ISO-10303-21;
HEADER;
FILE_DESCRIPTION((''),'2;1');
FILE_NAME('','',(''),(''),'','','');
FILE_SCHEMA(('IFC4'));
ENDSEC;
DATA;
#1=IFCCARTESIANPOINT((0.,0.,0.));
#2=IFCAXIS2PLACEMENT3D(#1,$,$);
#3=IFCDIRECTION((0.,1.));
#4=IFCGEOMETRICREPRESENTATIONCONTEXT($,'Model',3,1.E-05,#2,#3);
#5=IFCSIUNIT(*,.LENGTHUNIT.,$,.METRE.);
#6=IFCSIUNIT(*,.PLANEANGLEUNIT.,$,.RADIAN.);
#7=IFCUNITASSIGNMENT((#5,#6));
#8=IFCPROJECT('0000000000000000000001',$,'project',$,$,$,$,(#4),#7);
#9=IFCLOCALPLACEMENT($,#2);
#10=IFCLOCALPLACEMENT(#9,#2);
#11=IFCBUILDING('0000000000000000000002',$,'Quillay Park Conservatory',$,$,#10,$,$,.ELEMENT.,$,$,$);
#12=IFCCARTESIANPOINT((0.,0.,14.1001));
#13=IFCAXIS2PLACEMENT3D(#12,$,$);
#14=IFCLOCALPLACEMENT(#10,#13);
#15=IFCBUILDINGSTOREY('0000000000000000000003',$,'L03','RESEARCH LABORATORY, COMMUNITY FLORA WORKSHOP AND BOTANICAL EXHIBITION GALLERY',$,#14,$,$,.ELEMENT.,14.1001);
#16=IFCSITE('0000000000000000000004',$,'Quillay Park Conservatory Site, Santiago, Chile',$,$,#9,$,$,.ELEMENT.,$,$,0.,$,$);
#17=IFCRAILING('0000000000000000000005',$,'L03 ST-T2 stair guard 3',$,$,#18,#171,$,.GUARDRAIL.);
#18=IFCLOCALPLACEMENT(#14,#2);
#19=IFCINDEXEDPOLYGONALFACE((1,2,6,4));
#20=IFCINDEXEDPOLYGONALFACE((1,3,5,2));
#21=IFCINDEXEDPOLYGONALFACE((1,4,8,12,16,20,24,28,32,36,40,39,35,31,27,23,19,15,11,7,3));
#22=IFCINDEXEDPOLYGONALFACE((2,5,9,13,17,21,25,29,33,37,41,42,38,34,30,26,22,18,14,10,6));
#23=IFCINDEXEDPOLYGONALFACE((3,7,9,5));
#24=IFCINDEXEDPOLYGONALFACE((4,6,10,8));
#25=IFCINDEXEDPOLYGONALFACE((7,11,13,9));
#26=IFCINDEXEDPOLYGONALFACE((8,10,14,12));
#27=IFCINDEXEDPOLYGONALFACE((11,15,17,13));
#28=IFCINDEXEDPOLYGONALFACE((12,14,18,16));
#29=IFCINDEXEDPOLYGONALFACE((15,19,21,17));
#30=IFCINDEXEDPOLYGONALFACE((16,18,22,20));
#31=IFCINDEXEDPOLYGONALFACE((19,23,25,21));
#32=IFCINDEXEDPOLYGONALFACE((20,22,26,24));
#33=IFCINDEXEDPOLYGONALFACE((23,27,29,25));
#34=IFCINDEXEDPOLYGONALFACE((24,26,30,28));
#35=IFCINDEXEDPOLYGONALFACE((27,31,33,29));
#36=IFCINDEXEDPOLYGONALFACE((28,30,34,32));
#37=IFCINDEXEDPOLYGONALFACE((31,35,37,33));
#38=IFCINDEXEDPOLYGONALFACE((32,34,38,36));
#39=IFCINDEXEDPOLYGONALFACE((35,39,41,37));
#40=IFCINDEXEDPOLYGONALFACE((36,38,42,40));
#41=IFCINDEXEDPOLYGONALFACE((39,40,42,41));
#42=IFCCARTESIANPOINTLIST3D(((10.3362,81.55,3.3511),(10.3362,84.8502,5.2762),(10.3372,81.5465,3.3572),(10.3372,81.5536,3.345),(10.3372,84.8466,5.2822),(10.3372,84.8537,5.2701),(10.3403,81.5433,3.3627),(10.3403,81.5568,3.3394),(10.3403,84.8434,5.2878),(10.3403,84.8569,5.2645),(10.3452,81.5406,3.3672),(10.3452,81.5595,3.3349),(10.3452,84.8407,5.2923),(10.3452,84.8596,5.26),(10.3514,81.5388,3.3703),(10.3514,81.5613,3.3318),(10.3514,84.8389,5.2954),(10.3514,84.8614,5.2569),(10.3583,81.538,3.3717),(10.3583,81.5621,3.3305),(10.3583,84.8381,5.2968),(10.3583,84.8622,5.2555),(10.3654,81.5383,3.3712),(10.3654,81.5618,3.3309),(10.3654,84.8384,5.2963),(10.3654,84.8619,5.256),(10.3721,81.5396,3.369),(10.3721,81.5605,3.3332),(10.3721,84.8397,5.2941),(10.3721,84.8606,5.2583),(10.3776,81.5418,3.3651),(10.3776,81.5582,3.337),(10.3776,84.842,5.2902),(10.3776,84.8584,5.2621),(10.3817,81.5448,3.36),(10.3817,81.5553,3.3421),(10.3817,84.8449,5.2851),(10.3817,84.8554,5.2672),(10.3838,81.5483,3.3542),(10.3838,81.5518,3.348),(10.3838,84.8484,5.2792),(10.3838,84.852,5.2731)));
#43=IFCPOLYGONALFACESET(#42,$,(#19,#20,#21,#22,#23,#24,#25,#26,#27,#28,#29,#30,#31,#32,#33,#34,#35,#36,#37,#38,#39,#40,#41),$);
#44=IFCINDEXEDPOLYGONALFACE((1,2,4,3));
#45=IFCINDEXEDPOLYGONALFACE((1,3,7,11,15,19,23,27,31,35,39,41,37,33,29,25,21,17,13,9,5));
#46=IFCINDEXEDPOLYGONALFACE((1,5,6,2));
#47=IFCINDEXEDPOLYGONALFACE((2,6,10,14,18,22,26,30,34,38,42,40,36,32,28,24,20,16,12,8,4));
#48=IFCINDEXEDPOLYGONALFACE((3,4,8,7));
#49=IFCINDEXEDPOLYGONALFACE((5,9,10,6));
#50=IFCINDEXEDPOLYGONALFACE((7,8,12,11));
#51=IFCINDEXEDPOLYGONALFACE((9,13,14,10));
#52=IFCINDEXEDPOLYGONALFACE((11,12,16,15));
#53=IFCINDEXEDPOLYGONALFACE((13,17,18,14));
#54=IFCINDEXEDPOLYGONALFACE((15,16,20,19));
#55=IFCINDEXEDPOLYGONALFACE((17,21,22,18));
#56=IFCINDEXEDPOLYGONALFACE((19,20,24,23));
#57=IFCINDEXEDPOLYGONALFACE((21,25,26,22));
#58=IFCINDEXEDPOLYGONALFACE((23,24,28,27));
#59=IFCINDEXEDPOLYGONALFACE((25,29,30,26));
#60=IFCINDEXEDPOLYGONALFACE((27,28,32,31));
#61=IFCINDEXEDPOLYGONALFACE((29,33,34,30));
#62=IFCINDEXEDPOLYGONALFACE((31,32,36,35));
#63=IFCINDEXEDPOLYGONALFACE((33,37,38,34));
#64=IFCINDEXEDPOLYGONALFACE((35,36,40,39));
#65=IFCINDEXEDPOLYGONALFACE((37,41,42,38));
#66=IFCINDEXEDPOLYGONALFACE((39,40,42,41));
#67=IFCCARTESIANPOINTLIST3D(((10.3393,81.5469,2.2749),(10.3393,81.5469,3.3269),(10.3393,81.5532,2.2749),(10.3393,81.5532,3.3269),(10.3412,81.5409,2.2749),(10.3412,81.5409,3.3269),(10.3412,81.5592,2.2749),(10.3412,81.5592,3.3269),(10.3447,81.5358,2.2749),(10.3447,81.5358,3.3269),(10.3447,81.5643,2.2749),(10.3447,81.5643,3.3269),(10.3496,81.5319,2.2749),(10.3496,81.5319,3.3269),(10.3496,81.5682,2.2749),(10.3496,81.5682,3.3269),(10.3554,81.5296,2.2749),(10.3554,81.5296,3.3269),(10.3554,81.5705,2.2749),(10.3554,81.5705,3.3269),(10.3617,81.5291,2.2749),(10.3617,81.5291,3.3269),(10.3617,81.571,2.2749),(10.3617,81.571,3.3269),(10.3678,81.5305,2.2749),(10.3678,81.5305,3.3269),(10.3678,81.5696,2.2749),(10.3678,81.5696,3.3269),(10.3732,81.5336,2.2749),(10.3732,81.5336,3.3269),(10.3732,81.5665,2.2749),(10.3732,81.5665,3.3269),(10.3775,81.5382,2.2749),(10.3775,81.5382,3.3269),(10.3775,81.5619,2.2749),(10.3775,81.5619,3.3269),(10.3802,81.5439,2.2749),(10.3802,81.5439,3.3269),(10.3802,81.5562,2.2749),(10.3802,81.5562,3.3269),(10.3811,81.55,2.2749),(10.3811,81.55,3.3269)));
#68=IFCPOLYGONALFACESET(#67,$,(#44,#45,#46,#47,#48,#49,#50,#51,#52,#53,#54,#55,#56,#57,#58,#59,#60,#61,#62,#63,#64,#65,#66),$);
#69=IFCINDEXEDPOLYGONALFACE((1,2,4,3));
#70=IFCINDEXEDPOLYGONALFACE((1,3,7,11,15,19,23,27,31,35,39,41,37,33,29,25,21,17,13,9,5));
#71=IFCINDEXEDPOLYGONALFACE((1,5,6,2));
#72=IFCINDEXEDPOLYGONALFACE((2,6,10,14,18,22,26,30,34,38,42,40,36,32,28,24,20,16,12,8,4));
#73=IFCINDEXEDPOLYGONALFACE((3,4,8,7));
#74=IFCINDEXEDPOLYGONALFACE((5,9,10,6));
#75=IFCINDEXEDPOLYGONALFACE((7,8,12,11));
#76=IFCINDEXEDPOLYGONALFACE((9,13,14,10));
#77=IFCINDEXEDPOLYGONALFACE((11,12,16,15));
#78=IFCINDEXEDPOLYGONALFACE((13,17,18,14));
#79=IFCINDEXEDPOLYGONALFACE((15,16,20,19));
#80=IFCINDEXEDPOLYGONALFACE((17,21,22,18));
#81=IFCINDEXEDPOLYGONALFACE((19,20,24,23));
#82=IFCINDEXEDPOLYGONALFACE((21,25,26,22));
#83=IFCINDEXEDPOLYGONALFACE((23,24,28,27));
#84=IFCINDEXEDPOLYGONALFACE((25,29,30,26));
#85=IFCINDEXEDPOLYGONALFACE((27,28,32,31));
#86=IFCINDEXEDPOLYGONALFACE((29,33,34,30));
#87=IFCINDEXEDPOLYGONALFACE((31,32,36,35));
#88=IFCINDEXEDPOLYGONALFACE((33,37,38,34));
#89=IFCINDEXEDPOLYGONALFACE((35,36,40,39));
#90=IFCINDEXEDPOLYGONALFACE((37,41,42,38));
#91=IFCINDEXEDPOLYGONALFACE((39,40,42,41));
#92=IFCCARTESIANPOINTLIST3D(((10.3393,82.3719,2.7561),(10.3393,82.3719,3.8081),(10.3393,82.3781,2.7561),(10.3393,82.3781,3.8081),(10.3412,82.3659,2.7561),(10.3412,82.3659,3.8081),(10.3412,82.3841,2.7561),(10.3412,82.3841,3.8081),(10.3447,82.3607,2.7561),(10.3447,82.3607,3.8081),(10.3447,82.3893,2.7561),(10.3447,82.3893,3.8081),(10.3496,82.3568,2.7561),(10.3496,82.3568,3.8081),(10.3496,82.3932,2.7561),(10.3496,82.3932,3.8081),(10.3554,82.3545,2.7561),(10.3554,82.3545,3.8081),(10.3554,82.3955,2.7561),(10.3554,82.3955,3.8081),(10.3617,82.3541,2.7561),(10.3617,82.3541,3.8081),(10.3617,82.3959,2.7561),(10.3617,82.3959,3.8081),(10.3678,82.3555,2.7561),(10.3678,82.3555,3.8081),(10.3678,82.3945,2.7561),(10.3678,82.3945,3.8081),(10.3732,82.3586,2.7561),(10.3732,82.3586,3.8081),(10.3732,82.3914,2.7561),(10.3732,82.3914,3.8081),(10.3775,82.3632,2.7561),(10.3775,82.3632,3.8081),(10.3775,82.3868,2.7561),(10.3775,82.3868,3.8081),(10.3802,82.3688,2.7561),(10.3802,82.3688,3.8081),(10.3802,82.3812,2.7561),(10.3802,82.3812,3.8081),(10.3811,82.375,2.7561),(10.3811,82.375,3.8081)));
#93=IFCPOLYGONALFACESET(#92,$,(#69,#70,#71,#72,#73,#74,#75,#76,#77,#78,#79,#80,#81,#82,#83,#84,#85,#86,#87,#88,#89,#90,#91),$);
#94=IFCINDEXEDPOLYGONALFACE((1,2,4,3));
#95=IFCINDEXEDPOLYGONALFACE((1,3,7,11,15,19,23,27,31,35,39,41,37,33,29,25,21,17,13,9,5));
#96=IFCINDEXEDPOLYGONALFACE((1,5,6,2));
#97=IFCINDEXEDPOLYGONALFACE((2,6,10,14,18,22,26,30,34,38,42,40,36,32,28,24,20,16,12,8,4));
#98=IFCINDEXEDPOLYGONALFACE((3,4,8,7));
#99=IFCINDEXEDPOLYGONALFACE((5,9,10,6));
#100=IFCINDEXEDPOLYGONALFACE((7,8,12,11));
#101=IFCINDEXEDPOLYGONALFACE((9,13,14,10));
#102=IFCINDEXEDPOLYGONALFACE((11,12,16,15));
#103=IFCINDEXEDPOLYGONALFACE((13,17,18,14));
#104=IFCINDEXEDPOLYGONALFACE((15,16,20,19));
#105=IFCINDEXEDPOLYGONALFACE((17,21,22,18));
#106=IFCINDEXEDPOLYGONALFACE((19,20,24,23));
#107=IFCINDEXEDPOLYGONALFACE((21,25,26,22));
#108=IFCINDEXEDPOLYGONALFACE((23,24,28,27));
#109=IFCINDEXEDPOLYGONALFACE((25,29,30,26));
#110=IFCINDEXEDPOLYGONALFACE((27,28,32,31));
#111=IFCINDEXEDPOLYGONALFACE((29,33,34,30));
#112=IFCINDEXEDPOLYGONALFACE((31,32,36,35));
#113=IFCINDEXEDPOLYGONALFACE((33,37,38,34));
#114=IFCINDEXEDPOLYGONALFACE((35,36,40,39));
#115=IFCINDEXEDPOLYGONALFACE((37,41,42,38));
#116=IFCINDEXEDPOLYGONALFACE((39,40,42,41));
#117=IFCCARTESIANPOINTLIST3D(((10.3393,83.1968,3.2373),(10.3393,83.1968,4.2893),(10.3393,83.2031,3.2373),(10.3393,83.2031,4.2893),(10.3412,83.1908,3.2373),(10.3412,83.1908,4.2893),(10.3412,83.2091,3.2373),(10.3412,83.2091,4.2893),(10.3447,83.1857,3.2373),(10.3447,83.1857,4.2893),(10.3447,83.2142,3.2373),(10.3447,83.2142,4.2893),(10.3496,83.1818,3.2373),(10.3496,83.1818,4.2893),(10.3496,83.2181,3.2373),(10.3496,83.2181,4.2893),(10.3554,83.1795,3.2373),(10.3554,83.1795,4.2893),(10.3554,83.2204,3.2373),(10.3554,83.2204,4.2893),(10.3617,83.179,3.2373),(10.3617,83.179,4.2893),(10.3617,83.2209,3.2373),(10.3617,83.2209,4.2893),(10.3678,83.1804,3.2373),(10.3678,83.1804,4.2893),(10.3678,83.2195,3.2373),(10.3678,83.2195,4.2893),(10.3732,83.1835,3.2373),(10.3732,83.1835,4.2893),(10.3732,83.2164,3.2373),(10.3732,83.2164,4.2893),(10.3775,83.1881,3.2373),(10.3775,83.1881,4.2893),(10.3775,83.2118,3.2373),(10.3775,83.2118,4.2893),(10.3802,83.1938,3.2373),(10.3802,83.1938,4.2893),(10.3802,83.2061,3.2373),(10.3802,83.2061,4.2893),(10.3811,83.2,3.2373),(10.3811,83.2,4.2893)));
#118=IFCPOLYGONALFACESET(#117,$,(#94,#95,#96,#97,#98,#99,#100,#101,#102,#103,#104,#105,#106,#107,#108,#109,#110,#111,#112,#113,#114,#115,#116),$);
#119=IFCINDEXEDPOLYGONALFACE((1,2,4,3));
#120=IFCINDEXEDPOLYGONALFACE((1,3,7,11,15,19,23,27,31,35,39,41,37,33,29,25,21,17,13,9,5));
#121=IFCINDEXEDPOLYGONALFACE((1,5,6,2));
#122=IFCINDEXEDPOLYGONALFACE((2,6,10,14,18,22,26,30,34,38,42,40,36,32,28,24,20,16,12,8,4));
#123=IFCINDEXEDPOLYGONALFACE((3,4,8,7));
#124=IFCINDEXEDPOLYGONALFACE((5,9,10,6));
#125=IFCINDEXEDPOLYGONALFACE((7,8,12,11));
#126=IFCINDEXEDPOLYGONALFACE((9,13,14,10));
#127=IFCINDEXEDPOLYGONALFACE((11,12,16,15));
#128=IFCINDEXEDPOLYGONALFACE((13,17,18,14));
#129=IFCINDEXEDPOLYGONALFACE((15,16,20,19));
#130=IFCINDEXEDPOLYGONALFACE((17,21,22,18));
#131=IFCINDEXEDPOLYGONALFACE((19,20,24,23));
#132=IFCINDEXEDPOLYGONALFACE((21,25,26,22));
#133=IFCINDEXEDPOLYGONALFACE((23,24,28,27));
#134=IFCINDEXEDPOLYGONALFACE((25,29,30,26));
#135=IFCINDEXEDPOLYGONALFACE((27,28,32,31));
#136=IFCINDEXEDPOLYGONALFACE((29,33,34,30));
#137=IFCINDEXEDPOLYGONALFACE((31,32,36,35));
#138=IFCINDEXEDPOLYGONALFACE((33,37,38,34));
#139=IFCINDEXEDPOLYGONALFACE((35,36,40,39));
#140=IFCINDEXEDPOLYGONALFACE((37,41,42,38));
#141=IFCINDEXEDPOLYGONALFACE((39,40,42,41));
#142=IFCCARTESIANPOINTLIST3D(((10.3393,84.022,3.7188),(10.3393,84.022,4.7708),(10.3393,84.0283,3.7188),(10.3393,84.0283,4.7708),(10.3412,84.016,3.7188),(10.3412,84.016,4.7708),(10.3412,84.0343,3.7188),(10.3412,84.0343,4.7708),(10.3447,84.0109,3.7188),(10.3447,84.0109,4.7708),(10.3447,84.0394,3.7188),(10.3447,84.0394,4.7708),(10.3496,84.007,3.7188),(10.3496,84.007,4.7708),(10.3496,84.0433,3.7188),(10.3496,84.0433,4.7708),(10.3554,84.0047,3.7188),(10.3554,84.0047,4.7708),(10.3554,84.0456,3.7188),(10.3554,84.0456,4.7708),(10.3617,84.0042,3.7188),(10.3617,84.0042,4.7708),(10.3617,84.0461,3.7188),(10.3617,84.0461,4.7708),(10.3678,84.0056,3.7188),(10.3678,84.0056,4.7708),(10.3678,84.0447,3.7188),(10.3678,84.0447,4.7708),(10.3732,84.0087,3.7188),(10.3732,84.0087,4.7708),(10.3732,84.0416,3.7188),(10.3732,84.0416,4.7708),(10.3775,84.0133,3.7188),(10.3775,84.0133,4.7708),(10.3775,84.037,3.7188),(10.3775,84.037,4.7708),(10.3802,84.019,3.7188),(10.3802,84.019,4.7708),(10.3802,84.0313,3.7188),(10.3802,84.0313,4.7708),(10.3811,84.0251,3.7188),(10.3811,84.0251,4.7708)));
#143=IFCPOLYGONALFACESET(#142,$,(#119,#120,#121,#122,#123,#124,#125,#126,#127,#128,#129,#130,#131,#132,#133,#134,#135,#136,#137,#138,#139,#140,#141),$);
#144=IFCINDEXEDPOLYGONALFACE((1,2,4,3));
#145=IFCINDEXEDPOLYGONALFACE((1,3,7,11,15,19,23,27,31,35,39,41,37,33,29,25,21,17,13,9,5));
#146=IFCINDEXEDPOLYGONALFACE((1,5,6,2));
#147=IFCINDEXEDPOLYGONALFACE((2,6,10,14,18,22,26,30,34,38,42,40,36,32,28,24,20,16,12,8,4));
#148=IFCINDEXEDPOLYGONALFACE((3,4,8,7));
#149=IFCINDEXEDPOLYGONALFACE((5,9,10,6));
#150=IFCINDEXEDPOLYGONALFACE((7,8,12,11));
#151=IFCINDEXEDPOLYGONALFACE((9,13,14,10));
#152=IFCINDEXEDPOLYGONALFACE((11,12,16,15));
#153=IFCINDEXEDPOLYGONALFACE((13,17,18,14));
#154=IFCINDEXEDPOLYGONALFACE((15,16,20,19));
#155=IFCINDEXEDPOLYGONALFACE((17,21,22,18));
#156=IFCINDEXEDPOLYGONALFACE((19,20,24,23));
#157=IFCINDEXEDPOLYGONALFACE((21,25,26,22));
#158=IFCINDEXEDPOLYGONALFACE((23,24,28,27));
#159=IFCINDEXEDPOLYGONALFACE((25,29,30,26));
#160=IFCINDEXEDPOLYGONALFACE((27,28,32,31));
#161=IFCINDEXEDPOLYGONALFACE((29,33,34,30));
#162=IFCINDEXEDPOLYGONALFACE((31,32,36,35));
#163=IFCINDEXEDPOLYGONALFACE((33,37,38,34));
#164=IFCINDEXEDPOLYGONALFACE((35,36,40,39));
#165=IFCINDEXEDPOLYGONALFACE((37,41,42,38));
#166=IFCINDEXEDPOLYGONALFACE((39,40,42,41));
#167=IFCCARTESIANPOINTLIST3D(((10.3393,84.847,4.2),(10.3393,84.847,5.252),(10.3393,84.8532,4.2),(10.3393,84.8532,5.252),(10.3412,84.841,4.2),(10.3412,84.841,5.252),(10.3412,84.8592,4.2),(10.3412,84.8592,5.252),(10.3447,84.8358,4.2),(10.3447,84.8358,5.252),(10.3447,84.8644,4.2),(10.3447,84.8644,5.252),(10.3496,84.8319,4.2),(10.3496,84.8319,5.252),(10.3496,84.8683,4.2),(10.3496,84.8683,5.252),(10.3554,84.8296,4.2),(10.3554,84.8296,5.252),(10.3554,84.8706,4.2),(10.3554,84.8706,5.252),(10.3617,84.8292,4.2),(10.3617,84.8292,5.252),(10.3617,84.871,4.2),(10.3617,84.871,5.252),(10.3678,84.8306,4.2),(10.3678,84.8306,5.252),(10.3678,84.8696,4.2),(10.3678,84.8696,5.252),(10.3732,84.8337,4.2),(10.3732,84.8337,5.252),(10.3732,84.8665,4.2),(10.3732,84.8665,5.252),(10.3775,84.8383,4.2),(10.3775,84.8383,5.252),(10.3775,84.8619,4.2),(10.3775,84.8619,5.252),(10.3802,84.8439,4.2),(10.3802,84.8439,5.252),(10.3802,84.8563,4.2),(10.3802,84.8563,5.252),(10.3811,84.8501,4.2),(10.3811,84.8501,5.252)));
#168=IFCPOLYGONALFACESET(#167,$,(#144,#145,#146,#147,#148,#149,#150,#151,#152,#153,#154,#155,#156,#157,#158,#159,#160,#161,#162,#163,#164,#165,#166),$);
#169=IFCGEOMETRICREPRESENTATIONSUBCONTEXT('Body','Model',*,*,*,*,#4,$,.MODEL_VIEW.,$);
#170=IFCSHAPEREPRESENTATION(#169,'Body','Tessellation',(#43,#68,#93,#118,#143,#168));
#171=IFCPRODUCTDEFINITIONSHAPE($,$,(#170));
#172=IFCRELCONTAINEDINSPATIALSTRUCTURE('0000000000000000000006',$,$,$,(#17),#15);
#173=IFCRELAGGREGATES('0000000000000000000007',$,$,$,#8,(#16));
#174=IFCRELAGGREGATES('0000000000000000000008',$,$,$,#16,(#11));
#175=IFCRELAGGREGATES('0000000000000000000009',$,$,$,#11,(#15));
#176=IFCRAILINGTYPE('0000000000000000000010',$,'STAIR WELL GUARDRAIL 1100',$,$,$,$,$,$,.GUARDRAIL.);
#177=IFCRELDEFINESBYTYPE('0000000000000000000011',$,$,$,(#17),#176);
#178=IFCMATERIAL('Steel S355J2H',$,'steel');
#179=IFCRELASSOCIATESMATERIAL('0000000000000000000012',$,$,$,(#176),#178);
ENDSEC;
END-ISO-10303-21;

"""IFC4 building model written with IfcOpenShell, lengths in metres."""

from ifc_helpers import new_model, si_unit, direction, frame, origin, origin_2d, place, context, subcontext, project, spatial, circle, extrude, material, type_object, element, save


model = new_model("IFC4")

# Units and contexts
model_context = context("Model", 3, precision=1e-05, world=origin(), true_north=direction((0.0, 1.0)))
body_context = subcontext(model_context, "Body", "Model", "MODEL_VIEW")
ifc_project = project(units=[si_unit("LENGTHUNIT", "METRE"), si_unit("PLANEANGLEUNIT", "RADIAN")], contexts=[model_context])

# Site, building, storey
site_placement = place(None, origin())
site = spatial("IfcSite", under=ifc_project, at=site_placement, Name="Quillay Park Conservatory Site, Santiago, Chile", CompositionType="ELEMENT", RefElevation=0.0)
building_placement = place(site_placement, origin())
building = spatial("IfcBuilding", under=site, at=building_placement, Name="Quillay Park Conservatory", CompositionType="ELEMENT")
storey_placement = place(building_placement, frame((0.0, 0.0, 14.1001)))
storey = spatial("IfcBuildingStorey", under=building, at=storey_placement, Name="L03", Description="RESEARCH LABORATORY, COMMUNITY FLORA WORKSHOP AND BOTANICAL EXHIBITION GALLERY", CompositionType="ELEMENT", Elevation=14.1001)

# Railing
ifc_material_1 = material(Name="Steel S355J2H", Category="steel")
railing_type_1 = type_object("IfcRailingType", Name="STAIR WELL GUARDRAIL 1100", PredefinedType="GUARDRAIL", material=ifc_material_1)
railing_1_placement = place(storey_placement, frame((10.3601, 81.55, 2.2749)))
element("IfcRailing", 1, at=railing_1_placement, inside=storey, type_object=railing_type_1, Name="L03 ST-T2 stair guard 3", PredefinedType="GUARDRAIL", context=body_context, shape_type="SweptSolid", body=[
    extrude(circle(Radius=0.0239, at=origin_2d()), frame((0.0, 0.0, 1.0762), z_axis=(0.0, 0.863777, 0.503875), x_axis=(-1.0, 0.0, 0.0)), (0.0, 0.0, 1.0), 3.8206),
    extrude(circle(Radius=0.021, at=origin_2d()), origin(), (0.0, 0.0, 1.0), 1.052),
    extrude(circle(Radius=0.021, at=origin_2d()), frame((0.0, 0.825, 0.4812)), (0.0, 0.0, 1.0), 1.052),
    extrude(circle(Radius=0.021, at=origin_2d()), frame((0.0, 1.6499, 0.9624)), (0.0, 0.0, 1.0), 1.052),
    extrude(circle(Radius=0.021, at=origin_2d()), frame((0.0, 2.4751, 1.4438)), (0.0, 0.0, 1.0), 1.052),
    extrude(circle(Radius=0.021, at=origin_2d()), frame((0.0, 3.3, 1.925)), (0.0, 0.0, 1.0), 1.052),
])

save(model, "model.ifc")
